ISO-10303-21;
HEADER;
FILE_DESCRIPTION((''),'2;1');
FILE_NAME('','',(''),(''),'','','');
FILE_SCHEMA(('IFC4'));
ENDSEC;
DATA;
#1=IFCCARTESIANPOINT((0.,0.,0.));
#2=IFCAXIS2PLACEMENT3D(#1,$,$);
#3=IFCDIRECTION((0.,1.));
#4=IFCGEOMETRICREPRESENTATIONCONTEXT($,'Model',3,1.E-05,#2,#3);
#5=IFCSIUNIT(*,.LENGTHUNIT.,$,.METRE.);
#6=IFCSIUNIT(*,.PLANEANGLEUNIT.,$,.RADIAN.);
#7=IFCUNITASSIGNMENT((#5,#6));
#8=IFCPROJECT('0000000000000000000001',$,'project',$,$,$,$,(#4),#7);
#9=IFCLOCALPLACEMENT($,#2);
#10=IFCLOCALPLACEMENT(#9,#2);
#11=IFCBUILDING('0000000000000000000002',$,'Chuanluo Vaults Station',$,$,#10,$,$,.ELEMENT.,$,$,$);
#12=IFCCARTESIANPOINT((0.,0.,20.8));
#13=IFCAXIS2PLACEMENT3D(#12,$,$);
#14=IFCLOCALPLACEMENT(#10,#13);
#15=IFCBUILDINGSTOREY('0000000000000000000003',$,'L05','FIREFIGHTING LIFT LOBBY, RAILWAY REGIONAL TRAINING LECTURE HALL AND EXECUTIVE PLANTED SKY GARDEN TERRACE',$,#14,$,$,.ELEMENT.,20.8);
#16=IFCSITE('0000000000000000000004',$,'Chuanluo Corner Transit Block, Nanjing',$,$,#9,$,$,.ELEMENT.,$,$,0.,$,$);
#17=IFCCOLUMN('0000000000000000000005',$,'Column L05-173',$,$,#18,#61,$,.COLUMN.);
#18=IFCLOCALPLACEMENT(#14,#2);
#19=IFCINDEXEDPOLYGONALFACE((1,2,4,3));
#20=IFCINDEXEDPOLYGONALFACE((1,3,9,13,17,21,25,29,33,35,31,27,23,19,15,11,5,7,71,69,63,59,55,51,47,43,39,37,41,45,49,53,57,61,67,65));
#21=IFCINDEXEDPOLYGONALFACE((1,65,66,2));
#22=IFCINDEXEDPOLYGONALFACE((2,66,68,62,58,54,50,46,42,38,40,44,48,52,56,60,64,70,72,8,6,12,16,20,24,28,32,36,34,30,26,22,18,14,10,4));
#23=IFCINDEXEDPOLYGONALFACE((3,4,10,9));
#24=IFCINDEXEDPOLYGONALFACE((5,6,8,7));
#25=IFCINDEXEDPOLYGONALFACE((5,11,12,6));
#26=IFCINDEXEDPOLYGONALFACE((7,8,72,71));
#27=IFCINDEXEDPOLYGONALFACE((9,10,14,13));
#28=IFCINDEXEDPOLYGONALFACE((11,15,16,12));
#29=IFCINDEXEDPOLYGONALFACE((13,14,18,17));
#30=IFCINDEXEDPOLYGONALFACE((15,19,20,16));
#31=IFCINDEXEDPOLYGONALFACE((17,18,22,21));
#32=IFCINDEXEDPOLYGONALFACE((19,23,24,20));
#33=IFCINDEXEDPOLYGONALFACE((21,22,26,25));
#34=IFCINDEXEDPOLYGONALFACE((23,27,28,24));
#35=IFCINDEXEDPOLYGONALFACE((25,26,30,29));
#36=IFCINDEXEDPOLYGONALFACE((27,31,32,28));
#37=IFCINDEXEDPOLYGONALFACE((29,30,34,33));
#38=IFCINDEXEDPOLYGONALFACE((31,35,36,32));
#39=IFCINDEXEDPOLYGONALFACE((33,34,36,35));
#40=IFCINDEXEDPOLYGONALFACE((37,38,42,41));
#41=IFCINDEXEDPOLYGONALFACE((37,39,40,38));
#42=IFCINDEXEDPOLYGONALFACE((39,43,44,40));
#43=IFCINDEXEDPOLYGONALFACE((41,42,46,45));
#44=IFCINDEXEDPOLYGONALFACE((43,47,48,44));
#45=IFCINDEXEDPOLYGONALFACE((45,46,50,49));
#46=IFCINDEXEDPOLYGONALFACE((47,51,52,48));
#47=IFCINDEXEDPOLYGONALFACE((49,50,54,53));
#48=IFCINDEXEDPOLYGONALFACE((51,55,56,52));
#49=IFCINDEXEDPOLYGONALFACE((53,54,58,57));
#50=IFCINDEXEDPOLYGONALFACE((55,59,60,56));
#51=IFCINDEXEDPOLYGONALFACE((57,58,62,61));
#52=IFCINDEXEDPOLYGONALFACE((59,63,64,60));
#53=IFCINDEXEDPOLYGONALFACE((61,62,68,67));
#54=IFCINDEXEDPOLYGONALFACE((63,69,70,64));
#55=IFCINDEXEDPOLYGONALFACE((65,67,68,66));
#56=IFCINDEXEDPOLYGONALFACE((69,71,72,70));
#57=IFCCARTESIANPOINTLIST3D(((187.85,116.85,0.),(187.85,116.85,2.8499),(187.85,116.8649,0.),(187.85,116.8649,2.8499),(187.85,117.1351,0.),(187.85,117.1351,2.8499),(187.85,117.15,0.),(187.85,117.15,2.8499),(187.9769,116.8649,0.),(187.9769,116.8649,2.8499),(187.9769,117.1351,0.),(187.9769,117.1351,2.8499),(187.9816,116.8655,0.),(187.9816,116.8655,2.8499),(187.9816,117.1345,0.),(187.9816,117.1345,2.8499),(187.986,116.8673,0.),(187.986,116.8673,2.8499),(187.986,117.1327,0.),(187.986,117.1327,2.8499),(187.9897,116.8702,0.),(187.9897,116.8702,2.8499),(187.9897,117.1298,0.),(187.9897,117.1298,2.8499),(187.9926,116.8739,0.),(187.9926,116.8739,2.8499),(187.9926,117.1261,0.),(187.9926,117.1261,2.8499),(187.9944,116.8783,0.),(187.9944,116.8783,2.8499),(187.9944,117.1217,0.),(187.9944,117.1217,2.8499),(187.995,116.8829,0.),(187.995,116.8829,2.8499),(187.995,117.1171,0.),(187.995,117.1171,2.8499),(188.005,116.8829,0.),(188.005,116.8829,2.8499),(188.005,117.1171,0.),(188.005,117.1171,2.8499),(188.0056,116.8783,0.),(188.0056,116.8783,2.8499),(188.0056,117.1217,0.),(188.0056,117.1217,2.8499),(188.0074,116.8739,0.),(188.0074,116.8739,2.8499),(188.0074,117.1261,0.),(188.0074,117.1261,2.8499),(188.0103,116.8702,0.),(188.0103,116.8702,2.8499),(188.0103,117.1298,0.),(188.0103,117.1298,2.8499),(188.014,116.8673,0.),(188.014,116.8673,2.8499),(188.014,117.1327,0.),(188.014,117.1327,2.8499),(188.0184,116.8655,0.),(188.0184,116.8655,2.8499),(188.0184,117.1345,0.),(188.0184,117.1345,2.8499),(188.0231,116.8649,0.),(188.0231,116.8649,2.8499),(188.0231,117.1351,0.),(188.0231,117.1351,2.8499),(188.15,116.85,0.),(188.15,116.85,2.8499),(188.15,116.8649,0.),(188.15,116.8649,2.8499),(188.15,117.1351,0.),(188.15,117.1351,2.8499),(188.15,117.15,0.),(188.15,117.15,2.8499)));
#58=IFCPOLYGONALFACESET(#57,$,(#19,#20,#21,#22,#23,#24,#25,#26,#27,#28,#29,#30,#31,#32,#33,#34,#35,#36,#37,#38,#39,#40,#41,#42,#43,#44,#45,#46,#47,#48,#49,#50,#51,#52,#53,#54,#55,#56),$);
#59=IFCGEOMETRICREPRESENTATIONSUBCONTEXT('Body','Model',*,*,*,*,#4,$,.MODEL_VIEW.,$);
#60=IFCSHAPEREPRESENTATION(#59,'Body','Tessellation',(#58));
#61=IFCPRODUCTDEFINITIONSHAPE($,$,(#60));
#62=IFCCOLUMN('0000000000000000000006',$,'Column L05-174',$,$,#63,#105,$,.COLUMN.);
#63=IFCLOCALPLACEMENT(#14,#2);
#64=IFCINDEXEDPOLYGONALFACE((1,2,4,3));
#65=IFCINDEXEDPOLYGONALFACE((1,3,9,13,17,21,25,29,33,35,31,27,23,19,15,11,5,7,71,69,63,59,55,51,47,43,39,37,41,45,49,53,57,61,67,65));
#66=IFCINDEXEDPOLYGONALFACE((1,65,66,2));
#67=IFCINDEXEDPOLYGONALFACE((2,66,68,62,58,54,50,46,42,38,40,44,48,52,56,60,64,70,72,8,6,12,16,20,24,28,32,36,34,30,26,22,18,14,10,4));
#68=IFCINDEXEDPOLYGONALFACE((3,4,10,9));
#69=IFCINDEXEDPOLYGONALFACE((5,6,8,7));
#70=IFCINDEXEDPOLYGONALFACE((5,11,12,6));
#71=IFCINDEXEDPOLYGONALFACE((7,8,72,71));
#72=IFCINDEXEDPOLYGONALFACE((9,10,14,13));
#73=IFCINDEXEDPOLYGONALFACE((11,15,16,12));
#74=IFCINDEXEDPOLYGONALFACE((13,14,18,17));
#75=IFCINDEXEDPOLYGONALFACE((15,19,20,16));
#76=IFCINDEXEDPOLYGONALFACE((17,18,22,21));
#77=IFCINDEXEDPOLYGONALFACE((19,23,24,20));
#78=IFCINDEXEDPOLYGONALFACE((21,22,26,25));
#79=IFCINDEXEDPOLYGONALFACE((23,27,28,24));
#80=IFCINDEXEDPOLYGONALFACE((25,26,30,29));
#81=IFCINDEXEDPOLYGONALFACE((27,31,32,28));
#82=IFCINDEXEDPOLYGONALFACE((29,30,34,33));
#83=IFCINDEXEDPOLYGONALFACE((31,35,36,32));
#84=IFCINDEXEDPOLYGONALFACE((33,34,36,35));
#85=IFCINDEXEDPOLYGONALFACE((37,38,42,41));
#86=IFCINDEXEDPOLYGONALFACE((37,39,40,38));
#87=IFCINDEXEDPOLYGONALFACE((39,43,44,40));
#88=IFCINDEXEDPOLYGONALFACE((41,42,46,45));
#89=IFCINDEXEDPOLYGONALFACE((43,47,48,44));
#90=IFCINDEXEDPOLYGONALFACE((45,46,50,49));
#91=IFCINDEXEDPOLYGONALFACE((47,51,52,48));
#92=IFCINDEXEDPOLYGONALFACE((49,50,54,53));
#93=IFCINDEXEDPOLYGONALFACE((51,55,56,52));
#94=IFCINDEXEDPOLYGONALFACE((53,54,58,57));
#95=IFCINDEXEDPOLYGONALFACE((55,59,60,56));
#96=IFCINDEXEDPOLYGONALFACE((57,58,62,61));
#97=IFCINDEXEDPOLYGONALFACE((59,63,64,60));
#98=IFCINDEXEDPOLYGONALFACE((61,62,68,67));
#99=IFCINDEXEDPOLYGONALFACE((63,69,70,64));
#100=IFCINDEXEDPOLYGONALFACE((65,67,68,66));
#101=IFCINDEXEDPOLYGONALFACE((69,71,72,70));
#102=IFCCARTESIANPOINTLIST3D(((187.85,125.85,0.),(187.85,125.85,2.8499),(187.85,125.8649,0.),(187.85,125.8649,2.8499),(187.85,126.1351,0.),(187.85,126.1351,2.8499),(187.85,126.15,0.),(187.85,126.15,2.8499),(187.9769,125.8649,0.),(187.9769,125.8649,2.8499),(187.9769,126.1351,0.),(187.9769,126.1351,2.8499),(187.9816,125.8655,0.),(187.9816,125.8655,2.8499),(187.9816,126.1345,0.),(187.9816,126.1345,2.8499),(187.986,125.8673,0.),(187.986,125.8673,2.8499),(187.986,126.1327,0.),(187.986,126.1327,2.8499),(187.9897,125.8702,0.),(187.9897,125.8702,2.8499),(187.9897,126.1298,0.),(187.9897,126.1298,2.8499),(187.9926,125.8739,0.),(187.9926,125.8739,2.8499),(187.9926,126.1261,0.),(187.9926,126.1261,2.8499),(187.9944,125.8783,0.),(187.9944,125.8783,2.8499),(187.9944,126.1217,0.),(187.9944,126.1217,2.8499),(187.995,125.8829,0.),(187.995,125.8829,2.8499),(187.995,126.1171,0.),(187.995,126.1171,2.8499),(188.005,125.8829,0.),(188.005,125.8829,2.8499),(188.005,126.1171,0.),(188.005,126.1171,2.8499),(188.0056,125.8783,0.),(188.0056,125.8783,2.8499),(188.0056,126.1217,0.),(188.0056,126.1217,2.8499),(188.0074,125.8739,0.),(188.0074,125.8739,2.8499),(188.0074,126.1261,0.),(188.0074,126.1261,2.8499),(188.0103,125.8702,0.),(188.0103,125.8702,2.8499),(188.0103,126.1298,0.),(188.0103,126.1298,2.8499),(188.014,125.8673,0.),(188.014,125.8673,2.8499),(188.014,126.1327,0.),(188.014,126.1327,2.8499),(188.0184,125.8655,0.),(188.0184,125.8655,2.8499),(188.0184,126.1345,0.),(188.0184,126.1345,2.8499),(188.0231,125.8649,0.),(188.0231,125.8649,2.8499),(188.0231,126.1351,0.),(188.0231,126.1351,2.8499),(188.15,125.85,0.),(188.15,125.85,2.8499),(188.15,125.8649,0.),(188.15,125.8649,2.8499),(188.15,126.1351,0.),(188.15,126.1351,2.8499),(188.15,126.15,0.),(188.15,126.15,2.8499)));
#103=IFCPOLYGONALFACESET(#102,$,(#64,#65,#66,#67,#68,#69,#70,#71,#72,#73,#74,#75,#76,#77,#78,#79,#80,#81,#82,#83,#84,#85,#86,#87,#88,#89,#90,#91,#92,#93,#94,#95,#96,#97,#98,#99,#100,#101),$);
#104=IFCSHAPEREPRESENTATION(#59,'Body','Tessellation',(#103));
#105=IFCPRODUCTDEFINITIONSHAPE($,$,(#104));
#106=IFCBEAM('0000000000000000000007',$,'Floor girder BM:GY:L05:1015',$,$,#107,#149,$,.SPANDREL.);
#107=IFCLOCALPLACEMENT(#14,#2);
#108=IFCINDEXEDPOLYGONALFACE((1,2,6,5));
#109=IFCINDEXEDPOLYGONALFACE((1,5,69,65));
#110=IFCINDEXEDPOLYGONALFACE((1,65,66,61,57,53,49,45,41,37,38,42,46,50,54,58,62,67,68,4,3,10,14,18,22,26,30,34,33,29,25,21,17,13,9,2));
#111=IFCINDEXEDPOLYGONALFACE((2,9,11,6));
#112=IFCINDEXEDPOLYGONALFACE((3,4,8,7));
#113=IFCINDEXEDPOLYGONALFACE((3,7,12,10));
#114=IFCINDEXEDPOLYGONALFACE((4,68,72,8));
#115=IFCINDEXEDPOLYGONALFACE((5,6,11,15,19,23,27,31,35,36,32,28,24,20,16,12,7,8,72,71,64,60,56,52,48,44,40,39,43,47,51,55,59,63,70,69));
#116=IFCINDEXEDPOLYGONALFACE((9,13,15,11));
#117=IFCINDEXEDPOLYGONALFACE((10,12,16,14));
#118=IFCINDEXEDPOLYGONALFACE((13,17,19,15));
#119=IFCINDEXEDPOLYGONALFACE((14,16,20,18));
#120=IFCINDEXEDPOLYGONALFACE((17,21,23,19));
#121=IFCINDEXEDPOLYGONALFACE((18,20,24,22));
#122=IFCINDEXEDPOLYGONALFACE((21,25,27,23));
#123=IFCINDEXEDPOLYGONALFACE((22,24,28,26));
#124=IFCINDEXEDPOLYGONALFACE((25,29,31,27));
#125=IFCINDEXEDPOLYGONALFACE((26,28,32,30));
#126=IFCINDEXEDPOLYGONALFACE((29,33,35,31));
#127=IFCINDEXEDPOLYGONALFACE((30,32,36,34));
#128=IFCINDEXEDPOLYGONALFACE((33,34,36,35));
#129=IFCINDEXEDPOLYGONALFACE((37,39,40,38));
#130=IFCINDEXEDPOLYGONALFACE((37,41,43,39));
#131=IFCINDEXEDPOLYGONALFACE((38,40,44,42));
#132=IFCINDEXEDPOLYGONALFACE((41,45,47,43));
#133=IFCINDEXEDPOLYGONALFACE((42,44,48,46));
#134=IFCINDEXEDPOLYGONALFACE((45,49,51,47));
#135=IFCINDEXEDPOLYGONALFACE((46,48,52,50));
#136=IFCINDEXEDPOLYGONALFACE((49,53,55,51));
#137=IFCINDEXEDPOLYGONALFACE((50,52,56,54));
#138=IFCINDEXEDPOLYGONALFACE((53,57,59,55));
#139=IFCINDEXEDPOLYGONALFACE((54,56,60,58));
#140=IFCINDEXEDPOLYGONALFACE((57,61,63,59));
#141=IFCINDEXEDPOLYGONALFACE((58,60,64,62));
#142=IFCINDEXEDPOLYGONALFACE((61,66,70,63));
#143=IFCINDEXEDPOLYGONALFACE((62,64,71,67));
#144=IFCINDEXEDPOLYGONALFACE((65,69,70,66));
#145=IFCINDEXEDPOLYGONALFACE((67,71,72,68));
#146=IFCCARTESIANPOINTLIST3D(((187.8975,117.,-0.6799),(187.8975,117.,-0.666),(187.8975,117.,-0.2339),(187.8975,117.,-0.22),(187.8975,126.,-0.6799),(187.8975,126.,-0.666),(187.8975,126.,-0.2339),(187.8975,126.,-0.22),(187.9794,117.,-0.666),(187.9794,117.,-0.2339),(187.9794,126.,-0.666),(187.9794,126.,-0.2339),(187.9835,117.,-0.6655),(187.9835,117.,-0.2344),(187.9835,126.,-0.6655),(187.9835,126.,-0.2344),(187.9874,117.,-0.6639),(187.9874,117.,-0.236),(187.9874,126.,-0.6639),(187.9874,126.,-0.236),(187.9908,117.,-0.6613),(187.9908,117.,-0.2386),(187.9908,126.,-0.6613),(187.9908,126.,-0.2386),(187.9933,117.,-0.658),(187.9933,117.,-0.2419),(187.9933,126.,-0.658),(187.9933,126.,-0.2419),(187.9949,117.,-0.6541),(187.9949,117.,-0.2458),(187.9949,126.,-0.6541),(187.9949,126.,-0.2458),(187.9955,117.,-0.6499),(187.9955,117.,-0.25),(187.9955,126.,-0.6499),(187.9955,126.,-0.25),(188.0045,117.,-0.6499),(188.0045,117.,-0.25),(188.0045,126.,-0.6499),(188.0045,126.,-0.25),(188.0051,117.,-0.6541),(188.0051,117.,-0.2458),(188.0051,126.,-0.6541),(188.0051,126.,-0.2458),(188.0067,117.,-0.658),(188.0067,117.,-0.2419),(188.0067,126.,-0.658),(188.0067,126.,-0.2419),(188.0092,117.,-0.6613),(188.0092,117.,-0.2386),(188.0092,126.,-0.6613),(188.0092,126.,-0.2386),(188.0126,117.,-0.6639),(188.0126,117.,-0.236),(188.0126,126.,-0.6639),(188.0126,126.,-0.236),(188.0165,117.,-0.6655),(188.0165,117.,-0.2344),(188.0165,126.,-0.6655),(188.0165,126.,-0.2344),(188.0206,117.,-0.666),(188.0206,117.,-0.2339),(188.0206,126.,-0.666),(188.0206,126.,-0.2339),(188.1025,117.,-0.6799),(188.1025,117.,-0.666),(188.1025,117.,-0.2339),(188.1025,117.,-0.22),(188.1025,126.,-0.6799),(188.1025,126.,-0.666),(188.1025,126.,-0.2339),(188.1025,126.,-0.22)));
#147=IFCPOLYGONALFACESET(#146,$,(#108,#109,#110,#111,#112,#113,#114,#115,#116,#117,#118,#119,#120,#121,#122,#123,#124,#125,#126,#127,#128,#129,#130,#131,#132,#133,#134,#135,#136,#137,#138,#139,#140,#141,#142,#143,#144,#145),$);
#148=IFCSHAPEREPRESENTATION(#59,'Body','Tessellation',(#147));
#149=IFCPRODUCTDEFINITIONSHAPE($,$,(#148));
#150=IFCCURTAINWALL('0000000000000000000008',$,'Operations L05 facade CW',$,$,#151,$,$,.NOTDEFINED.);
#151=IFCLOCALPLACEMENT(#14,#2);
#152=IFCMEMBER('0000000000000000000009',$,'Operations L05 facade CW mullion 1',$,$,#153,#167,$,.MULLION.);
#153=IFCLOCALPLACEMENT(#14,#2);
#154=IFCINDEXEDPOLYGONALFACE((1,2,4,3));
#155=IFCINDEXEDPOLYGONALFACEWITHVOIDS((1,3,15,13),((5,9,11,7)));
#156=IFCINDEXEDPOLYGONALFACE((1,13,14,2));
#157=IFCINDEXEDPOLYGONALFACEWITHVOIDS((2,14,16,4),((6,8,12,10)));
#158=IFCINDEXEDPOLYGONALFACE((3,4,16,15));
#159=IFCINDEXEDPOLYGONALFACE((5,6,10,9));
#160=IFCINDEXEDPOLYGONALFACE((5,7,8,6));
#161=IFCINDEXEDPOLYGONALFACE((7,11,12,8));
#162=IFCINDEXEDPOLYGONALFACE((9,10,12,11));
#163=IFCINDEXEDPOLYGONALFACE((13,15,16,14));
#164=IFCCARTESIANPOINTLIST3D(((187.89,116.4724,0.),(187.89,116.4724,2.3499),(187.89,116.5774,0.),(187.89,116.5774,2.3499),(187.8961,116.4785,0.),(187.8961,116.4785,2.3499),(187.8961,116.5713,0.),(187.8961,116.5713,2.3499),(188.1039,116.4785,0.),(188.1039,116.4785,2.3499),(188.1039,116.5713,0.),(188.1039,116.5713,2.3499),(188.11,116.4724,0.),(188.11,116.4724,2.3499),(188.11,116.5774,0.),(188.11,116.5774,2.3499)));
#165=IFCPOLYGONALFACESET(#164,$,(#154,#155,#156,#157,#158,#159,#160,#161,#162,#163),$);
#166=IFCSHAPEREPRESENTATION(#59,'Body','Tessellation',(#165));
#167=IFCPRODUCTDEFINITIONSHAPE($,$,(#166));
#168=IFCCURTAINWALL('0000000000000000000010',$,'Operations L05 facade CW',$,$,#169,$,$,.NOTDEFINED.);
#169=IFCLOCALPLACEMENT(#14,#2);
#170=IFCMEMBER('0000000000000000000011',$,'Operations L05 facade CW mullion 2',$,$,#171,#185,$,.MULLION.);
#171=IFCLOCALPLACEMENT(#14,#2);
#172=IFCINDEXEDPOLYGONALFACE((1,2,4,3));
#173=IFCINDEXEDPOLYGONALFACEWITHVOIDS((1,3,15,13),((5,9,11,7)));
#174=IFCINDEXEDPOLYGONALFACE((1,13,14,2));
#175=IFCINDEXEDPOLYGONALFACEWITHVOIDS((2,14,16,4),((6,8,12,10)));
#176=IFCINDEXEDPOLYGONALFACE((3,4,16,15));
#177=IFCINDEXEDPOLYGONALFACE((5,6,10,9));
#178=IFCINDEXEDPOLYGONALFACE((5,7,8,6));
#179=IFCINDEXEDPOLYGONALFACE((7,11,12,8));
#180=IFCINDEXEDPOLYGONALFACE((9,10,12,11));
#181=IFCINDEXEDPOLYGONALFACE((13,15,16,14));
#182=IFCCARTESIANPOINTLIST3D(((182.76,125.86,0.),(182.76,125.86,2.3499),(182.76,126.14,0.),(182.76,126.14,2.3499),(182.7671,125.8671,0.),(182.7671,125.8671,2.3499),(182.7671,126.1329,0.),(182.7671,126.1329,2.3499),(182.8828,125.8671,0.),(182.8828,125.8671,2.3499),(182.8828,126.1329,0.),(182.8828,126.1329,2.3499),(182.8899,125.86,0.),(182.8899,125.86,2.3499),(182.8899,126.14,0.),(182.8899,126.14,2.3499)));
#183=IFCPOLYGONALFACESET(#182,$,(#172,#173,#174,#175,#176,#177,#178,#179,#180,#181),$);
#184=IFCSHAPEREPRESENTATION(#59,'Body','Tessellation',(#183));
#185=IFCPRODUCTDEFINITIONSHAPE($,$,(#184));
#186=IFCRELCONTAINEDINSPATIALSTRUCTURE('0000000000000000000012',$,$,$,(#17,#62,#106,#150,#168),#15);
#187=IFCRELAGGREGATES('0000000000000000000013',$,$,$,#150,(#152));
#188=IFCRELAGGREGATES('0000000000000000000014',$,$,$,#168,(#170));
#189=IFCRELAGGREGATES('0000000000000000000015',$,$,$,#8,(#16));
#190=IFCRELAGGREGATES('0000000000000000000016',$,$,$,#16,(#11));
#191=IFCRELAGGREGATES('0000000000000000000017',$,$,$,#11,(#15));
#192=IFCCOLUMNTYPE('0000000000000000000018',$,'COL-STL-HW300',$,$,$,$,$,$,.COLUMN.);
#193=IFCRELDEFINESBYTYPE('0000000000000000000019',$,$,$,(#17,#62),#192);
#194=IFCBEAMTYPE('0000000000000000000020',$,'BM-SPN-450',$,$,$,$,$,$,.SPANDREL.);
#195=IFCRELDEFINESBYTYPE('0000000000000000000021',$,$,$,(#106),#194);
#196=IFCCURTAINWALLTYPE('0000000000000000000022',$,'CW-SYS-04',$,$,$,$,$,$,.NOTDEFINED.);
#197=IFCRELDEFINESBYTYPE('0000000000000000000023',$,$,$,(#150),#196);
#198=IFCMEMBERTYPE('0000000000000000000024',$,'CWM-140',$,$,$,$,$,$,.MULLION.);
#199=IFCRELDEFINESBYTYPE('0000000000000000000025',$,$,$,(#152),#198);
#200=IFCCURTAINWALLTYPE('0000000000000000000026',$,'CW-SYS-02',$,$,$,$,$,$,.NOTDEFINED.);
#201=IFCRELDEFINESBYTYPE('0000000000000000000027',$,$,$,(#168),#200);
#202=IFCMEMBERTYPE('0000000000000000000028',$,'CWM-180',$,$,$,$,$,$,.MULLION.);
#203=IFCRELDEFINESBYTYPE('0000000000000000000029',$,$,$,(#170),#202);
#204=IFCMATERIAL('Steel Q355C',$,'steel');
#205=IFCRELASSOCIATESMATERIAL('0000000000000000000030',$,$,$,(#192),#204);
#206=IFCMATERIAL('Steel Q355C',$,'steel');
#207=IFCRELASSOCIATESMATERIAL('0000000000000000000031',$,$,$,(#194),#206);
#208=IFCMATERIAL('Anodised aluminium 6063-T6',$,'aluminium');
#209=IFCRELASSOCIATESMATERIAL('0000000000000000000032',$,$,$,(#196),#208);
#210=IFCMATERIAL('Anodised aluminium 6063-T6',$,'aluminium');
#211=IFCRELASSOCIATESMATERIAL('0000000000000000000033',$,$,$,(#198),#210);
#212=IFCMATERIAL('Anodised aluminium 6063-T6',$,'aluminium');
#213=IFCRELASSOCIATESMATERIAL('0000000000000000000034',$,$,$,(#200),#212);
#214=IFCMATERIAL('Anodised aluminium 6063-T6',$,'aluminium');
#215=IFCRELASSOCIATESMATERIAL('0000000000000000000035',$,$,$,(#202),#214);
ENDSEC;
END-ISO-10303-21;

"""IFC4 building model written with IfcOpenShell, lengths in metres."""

from ifc_helpers import new_model, si_unit, direction, frame, origin, origin_2d, place, context, subcontext, project, spatial, hollow_rectangle, i_section, extrude, material, material_profile, profile_set, type_object, element, aggregate, save


model = new_model("IFC4")

# Units and contexts
model_context = context("Model", 3, precision=1e-05, world=origin(), true_north=direction((0.0, 1.0)))
body_context = subcontext(model_context, "Body", "Model", "MODEL_VIEW")
ifc_project = project(units=[si_unit("LENGTHUNIT", "METRE"), si_unit("PLANEANGLEUNIT", "RADIAN")], contexts=[model_context])

# Site, building, storey
site_placement = place(None, origin())
site = spatial("IfcSite", under=ifc_project, at=site_placement, Name="Chuanluo Corner Transit Block, Nanjing", CompositionType="ELEMENT", RefElevation=0.0)
building_placement = place(site_placement, origin())
building = spatial("IfcBuilding", under=site, at=building_placement, Name="Chuanluo Vaults Station", CompositionType="ELEMENT")
storey_placement = place(building_placement, frame((0.0, 0.0, 20.8)))
storey = spatial("IfcBuildingStorey", under=building, at=storey_placement, Name="L05", Description="FIREFIGHTING LIFT LOBBY, RAILWAY REGIONAL TRAINING LECTURE HALL AND EXECUTIVE PLANTED SKY GARDEN TERRACE", CompositionType="ELEMENT", Elevation=20.8)

# Columns
ifc_material_1 = material(Name="Steel Q355C", Category="steel")
ifc_material_profile_1 = material_profile(ifc_material_1, i_section(OverallWidth=0.3, OverallDepth=0.3, WebThickness=0.01, FlangeThickness=0.0149, FilletRadius=0.0181, at=origin_2d()))
ifc_profile_set_1 = profile_set([ifc_material_profile_1], Name="Steel Q355C")
column_type = type_object("IfcColumnType", Name="COL-STL-HW300", PredefinedType="COLUMN", material=ifc_profile_set_1)
for number, where, z_axis, x_axis, name in (
    (1, (188.0, 117.0, 0.0), (0.0, 0.0, 1.0), (1.0, 0.0, 0.0), "Column L05-173"),
    (2, (188.0, 126.0, 0.0), (0.0, 0.0, 1.0), (1.0, 0.0, 0.0), "Column L05-174"),
):
    element("IfcColumn", number, at=place(storey_placement, frame(where, z_axis=z_axis, x_axis=x_axis)), inside=storey, type_object=column_type, Name=name, PredefinedType="COLUMN", context=body_context, shape_type="SweptSolid", body=[
        extrude(i_section(OverallWidth=0.3, OverallDepth=0.3, WebThickness=0.01, FlangeThickness=0.0149, FilletRadius=0.0181, at=origin_2d()), origin(), (0.0, 0.0, 1.0), 2.8499),
    ])

# Beam
ifc_material_2 = material(Name="Steel Q355C", Category="steel")
ifc_material_profile_2 = material_profile(ifc_material_2, i_section(OverallWidth=0.2051, OverallDepth=0.46, WebThickness=0.009, FlangeThickness=0.0139, FilletRadius=0.0161, at=origin_2d()))
ifc_profile_set_2 = profile_set([ifc_material_profile_2], Name="Steel Q355C")
beam_type = type_object("IfcBeamType", Name="BM-SPN-450", PredefinedType="SPANDREL", material=ifc_profile_set_2)
beam_placement = place(storey_placement, frame((188.0, 117.0, -0.45), z_axis=(0.0, 1.0, 0.0), x_axis=(-1.0, 0.0, 0.0)))
element("IfcBeam", 3, at=beam_placement, inside=storey, type_object=beam_type, Name="Floor girder BM:GY:L05:1015", PredefinedType="SPANDREL", context=body_context, shape_type="SweptSolid", body=[
    extrude(i_section(OverallWidth=0.2051, OverallDepth=0.46, WebThickness=0.009, FlangeThickness=0.0139, FilletRadius=0.0161, at=origin_2d()), origin(), (0.0, 0.0, 1.0), 9.0),
])

# Curtain wall, member
ifc_material_3 = material(Name="Anodised aluminium 6063-T6", Category="aluminium")
curtain_wall_type_1 = type_object("IfcCurtainWallType", Name="CW-SYS-04", PredefinedType="NOTDEFINED", material=ifc_material_3)
curtain_wall_1_placement = place(storey_placement, origin())
curtain_wall_1 = element("IfcCurtainWall", 4, at=curtain_wall_1_placement, inside=storey, type_object=curtain_wall_type_1, Name="Operations L05 facade CW", PredefinedType="NOTDEFINED")
ifc_material_4 = material(Name="Anodised aluminium 6063-T6", Category="aluminium")
ifc_material_profile_3 = material_profile(ifc_material_4, hollow_rectangle(XDim=0.105, YDim=0.22, WallThickness=0.0061, at=origin_2d()))
ifc_profile_set_3 = profile_set([ifc_material_profile_3], Name="Anodised aluminium 6063-T6")
member_type_1 = type_object("IfcMemberType", Name="CWM-140", PredefinedType="MULLION", material=ifc_profile_set_3)
member_1_placement = place(storey_placement, frame((188.0, 116.5249, 0.0), z_axis=(0.0, 0.0, 1.0), x_axis=(0.0, -1.0, 0.0)))
member_1 = element("IfcMember", 5, at=member_1_placement, type_object=member_type_1, Name="Operations L05 facade CW mullion 1", PredefinedType="MULLION", context=body_context, shape_type="SweptSolid", body=[
    extrude(hollow_rectangle(XDim=0.105, YDim=0.22, WallThickness=0.0061, at=origin_2d()), origin(), (0.0, 0.0, 1.0), 2.3499),
])

# Curtain wall, member
ifc_material_5 = material(Name="Anodised aluminium 6063-T6", Category="aluminium")
curtain_wall_type_2 = type_object("IfcCurtainWallType", Name="CW-SYS-02", PredefinedType="NOTDEFINED", material=ifc_material_5)
curtain_wall_2_placement = place(storey_placement, origin())
curtain_wall_2 = element("IfcCurtainWall", 6, at=curtain_wall_2_placement, inside=storey, type_object=curtain_wall_type_2, Name="Operations L05 facade CW", PredefinedType="NOTDEFINED")
ifc_material_6 = material(Name="Anodised aluminium 6063-T6", Category="aluminium")
ifc_material_profile_4 = material_profile(ifc_material_6, hollow_rectangle(XDim=0.1299, YDim=0.28, WallThickness=0.0071, at=origin_2d()))
ifc_profile_set_4 = profile_set([ifc_material_profile_4], Name="Anodised aluminium 6063-T6")
member_type_2 = type_object("IfcMemberType", Name="CWM-180", PredefinedType="MULLION", material=ifc_profile_set_4)
member_2_placement = place(storey_placement, frame((182.825, 126.0, 0.0), z_axis=(0.0, 0.0, 1.0), x_axis=(1.0, 0.0, 0.0)))
member_2 = element("IfcMember", 7, at=member_2_placement, type_object=member_type_2, Name="Operations L05 facade CW mullion 2", PredefinedType="MULLION", context=body_context, shape_type="SweptSolid", body=[
    extrude(hollow_rectangle(XDim=0.1299, YDim=0.28, WallThickness=0.0071, at=origin_2d()), origin(), (0.0, 0.0, 1.0), 2.3499),
])

aggregate(curtain_wall_1, [member_1])
aggregate(curtain_wall_2, [member_2])

save(model, "model.ifc")
